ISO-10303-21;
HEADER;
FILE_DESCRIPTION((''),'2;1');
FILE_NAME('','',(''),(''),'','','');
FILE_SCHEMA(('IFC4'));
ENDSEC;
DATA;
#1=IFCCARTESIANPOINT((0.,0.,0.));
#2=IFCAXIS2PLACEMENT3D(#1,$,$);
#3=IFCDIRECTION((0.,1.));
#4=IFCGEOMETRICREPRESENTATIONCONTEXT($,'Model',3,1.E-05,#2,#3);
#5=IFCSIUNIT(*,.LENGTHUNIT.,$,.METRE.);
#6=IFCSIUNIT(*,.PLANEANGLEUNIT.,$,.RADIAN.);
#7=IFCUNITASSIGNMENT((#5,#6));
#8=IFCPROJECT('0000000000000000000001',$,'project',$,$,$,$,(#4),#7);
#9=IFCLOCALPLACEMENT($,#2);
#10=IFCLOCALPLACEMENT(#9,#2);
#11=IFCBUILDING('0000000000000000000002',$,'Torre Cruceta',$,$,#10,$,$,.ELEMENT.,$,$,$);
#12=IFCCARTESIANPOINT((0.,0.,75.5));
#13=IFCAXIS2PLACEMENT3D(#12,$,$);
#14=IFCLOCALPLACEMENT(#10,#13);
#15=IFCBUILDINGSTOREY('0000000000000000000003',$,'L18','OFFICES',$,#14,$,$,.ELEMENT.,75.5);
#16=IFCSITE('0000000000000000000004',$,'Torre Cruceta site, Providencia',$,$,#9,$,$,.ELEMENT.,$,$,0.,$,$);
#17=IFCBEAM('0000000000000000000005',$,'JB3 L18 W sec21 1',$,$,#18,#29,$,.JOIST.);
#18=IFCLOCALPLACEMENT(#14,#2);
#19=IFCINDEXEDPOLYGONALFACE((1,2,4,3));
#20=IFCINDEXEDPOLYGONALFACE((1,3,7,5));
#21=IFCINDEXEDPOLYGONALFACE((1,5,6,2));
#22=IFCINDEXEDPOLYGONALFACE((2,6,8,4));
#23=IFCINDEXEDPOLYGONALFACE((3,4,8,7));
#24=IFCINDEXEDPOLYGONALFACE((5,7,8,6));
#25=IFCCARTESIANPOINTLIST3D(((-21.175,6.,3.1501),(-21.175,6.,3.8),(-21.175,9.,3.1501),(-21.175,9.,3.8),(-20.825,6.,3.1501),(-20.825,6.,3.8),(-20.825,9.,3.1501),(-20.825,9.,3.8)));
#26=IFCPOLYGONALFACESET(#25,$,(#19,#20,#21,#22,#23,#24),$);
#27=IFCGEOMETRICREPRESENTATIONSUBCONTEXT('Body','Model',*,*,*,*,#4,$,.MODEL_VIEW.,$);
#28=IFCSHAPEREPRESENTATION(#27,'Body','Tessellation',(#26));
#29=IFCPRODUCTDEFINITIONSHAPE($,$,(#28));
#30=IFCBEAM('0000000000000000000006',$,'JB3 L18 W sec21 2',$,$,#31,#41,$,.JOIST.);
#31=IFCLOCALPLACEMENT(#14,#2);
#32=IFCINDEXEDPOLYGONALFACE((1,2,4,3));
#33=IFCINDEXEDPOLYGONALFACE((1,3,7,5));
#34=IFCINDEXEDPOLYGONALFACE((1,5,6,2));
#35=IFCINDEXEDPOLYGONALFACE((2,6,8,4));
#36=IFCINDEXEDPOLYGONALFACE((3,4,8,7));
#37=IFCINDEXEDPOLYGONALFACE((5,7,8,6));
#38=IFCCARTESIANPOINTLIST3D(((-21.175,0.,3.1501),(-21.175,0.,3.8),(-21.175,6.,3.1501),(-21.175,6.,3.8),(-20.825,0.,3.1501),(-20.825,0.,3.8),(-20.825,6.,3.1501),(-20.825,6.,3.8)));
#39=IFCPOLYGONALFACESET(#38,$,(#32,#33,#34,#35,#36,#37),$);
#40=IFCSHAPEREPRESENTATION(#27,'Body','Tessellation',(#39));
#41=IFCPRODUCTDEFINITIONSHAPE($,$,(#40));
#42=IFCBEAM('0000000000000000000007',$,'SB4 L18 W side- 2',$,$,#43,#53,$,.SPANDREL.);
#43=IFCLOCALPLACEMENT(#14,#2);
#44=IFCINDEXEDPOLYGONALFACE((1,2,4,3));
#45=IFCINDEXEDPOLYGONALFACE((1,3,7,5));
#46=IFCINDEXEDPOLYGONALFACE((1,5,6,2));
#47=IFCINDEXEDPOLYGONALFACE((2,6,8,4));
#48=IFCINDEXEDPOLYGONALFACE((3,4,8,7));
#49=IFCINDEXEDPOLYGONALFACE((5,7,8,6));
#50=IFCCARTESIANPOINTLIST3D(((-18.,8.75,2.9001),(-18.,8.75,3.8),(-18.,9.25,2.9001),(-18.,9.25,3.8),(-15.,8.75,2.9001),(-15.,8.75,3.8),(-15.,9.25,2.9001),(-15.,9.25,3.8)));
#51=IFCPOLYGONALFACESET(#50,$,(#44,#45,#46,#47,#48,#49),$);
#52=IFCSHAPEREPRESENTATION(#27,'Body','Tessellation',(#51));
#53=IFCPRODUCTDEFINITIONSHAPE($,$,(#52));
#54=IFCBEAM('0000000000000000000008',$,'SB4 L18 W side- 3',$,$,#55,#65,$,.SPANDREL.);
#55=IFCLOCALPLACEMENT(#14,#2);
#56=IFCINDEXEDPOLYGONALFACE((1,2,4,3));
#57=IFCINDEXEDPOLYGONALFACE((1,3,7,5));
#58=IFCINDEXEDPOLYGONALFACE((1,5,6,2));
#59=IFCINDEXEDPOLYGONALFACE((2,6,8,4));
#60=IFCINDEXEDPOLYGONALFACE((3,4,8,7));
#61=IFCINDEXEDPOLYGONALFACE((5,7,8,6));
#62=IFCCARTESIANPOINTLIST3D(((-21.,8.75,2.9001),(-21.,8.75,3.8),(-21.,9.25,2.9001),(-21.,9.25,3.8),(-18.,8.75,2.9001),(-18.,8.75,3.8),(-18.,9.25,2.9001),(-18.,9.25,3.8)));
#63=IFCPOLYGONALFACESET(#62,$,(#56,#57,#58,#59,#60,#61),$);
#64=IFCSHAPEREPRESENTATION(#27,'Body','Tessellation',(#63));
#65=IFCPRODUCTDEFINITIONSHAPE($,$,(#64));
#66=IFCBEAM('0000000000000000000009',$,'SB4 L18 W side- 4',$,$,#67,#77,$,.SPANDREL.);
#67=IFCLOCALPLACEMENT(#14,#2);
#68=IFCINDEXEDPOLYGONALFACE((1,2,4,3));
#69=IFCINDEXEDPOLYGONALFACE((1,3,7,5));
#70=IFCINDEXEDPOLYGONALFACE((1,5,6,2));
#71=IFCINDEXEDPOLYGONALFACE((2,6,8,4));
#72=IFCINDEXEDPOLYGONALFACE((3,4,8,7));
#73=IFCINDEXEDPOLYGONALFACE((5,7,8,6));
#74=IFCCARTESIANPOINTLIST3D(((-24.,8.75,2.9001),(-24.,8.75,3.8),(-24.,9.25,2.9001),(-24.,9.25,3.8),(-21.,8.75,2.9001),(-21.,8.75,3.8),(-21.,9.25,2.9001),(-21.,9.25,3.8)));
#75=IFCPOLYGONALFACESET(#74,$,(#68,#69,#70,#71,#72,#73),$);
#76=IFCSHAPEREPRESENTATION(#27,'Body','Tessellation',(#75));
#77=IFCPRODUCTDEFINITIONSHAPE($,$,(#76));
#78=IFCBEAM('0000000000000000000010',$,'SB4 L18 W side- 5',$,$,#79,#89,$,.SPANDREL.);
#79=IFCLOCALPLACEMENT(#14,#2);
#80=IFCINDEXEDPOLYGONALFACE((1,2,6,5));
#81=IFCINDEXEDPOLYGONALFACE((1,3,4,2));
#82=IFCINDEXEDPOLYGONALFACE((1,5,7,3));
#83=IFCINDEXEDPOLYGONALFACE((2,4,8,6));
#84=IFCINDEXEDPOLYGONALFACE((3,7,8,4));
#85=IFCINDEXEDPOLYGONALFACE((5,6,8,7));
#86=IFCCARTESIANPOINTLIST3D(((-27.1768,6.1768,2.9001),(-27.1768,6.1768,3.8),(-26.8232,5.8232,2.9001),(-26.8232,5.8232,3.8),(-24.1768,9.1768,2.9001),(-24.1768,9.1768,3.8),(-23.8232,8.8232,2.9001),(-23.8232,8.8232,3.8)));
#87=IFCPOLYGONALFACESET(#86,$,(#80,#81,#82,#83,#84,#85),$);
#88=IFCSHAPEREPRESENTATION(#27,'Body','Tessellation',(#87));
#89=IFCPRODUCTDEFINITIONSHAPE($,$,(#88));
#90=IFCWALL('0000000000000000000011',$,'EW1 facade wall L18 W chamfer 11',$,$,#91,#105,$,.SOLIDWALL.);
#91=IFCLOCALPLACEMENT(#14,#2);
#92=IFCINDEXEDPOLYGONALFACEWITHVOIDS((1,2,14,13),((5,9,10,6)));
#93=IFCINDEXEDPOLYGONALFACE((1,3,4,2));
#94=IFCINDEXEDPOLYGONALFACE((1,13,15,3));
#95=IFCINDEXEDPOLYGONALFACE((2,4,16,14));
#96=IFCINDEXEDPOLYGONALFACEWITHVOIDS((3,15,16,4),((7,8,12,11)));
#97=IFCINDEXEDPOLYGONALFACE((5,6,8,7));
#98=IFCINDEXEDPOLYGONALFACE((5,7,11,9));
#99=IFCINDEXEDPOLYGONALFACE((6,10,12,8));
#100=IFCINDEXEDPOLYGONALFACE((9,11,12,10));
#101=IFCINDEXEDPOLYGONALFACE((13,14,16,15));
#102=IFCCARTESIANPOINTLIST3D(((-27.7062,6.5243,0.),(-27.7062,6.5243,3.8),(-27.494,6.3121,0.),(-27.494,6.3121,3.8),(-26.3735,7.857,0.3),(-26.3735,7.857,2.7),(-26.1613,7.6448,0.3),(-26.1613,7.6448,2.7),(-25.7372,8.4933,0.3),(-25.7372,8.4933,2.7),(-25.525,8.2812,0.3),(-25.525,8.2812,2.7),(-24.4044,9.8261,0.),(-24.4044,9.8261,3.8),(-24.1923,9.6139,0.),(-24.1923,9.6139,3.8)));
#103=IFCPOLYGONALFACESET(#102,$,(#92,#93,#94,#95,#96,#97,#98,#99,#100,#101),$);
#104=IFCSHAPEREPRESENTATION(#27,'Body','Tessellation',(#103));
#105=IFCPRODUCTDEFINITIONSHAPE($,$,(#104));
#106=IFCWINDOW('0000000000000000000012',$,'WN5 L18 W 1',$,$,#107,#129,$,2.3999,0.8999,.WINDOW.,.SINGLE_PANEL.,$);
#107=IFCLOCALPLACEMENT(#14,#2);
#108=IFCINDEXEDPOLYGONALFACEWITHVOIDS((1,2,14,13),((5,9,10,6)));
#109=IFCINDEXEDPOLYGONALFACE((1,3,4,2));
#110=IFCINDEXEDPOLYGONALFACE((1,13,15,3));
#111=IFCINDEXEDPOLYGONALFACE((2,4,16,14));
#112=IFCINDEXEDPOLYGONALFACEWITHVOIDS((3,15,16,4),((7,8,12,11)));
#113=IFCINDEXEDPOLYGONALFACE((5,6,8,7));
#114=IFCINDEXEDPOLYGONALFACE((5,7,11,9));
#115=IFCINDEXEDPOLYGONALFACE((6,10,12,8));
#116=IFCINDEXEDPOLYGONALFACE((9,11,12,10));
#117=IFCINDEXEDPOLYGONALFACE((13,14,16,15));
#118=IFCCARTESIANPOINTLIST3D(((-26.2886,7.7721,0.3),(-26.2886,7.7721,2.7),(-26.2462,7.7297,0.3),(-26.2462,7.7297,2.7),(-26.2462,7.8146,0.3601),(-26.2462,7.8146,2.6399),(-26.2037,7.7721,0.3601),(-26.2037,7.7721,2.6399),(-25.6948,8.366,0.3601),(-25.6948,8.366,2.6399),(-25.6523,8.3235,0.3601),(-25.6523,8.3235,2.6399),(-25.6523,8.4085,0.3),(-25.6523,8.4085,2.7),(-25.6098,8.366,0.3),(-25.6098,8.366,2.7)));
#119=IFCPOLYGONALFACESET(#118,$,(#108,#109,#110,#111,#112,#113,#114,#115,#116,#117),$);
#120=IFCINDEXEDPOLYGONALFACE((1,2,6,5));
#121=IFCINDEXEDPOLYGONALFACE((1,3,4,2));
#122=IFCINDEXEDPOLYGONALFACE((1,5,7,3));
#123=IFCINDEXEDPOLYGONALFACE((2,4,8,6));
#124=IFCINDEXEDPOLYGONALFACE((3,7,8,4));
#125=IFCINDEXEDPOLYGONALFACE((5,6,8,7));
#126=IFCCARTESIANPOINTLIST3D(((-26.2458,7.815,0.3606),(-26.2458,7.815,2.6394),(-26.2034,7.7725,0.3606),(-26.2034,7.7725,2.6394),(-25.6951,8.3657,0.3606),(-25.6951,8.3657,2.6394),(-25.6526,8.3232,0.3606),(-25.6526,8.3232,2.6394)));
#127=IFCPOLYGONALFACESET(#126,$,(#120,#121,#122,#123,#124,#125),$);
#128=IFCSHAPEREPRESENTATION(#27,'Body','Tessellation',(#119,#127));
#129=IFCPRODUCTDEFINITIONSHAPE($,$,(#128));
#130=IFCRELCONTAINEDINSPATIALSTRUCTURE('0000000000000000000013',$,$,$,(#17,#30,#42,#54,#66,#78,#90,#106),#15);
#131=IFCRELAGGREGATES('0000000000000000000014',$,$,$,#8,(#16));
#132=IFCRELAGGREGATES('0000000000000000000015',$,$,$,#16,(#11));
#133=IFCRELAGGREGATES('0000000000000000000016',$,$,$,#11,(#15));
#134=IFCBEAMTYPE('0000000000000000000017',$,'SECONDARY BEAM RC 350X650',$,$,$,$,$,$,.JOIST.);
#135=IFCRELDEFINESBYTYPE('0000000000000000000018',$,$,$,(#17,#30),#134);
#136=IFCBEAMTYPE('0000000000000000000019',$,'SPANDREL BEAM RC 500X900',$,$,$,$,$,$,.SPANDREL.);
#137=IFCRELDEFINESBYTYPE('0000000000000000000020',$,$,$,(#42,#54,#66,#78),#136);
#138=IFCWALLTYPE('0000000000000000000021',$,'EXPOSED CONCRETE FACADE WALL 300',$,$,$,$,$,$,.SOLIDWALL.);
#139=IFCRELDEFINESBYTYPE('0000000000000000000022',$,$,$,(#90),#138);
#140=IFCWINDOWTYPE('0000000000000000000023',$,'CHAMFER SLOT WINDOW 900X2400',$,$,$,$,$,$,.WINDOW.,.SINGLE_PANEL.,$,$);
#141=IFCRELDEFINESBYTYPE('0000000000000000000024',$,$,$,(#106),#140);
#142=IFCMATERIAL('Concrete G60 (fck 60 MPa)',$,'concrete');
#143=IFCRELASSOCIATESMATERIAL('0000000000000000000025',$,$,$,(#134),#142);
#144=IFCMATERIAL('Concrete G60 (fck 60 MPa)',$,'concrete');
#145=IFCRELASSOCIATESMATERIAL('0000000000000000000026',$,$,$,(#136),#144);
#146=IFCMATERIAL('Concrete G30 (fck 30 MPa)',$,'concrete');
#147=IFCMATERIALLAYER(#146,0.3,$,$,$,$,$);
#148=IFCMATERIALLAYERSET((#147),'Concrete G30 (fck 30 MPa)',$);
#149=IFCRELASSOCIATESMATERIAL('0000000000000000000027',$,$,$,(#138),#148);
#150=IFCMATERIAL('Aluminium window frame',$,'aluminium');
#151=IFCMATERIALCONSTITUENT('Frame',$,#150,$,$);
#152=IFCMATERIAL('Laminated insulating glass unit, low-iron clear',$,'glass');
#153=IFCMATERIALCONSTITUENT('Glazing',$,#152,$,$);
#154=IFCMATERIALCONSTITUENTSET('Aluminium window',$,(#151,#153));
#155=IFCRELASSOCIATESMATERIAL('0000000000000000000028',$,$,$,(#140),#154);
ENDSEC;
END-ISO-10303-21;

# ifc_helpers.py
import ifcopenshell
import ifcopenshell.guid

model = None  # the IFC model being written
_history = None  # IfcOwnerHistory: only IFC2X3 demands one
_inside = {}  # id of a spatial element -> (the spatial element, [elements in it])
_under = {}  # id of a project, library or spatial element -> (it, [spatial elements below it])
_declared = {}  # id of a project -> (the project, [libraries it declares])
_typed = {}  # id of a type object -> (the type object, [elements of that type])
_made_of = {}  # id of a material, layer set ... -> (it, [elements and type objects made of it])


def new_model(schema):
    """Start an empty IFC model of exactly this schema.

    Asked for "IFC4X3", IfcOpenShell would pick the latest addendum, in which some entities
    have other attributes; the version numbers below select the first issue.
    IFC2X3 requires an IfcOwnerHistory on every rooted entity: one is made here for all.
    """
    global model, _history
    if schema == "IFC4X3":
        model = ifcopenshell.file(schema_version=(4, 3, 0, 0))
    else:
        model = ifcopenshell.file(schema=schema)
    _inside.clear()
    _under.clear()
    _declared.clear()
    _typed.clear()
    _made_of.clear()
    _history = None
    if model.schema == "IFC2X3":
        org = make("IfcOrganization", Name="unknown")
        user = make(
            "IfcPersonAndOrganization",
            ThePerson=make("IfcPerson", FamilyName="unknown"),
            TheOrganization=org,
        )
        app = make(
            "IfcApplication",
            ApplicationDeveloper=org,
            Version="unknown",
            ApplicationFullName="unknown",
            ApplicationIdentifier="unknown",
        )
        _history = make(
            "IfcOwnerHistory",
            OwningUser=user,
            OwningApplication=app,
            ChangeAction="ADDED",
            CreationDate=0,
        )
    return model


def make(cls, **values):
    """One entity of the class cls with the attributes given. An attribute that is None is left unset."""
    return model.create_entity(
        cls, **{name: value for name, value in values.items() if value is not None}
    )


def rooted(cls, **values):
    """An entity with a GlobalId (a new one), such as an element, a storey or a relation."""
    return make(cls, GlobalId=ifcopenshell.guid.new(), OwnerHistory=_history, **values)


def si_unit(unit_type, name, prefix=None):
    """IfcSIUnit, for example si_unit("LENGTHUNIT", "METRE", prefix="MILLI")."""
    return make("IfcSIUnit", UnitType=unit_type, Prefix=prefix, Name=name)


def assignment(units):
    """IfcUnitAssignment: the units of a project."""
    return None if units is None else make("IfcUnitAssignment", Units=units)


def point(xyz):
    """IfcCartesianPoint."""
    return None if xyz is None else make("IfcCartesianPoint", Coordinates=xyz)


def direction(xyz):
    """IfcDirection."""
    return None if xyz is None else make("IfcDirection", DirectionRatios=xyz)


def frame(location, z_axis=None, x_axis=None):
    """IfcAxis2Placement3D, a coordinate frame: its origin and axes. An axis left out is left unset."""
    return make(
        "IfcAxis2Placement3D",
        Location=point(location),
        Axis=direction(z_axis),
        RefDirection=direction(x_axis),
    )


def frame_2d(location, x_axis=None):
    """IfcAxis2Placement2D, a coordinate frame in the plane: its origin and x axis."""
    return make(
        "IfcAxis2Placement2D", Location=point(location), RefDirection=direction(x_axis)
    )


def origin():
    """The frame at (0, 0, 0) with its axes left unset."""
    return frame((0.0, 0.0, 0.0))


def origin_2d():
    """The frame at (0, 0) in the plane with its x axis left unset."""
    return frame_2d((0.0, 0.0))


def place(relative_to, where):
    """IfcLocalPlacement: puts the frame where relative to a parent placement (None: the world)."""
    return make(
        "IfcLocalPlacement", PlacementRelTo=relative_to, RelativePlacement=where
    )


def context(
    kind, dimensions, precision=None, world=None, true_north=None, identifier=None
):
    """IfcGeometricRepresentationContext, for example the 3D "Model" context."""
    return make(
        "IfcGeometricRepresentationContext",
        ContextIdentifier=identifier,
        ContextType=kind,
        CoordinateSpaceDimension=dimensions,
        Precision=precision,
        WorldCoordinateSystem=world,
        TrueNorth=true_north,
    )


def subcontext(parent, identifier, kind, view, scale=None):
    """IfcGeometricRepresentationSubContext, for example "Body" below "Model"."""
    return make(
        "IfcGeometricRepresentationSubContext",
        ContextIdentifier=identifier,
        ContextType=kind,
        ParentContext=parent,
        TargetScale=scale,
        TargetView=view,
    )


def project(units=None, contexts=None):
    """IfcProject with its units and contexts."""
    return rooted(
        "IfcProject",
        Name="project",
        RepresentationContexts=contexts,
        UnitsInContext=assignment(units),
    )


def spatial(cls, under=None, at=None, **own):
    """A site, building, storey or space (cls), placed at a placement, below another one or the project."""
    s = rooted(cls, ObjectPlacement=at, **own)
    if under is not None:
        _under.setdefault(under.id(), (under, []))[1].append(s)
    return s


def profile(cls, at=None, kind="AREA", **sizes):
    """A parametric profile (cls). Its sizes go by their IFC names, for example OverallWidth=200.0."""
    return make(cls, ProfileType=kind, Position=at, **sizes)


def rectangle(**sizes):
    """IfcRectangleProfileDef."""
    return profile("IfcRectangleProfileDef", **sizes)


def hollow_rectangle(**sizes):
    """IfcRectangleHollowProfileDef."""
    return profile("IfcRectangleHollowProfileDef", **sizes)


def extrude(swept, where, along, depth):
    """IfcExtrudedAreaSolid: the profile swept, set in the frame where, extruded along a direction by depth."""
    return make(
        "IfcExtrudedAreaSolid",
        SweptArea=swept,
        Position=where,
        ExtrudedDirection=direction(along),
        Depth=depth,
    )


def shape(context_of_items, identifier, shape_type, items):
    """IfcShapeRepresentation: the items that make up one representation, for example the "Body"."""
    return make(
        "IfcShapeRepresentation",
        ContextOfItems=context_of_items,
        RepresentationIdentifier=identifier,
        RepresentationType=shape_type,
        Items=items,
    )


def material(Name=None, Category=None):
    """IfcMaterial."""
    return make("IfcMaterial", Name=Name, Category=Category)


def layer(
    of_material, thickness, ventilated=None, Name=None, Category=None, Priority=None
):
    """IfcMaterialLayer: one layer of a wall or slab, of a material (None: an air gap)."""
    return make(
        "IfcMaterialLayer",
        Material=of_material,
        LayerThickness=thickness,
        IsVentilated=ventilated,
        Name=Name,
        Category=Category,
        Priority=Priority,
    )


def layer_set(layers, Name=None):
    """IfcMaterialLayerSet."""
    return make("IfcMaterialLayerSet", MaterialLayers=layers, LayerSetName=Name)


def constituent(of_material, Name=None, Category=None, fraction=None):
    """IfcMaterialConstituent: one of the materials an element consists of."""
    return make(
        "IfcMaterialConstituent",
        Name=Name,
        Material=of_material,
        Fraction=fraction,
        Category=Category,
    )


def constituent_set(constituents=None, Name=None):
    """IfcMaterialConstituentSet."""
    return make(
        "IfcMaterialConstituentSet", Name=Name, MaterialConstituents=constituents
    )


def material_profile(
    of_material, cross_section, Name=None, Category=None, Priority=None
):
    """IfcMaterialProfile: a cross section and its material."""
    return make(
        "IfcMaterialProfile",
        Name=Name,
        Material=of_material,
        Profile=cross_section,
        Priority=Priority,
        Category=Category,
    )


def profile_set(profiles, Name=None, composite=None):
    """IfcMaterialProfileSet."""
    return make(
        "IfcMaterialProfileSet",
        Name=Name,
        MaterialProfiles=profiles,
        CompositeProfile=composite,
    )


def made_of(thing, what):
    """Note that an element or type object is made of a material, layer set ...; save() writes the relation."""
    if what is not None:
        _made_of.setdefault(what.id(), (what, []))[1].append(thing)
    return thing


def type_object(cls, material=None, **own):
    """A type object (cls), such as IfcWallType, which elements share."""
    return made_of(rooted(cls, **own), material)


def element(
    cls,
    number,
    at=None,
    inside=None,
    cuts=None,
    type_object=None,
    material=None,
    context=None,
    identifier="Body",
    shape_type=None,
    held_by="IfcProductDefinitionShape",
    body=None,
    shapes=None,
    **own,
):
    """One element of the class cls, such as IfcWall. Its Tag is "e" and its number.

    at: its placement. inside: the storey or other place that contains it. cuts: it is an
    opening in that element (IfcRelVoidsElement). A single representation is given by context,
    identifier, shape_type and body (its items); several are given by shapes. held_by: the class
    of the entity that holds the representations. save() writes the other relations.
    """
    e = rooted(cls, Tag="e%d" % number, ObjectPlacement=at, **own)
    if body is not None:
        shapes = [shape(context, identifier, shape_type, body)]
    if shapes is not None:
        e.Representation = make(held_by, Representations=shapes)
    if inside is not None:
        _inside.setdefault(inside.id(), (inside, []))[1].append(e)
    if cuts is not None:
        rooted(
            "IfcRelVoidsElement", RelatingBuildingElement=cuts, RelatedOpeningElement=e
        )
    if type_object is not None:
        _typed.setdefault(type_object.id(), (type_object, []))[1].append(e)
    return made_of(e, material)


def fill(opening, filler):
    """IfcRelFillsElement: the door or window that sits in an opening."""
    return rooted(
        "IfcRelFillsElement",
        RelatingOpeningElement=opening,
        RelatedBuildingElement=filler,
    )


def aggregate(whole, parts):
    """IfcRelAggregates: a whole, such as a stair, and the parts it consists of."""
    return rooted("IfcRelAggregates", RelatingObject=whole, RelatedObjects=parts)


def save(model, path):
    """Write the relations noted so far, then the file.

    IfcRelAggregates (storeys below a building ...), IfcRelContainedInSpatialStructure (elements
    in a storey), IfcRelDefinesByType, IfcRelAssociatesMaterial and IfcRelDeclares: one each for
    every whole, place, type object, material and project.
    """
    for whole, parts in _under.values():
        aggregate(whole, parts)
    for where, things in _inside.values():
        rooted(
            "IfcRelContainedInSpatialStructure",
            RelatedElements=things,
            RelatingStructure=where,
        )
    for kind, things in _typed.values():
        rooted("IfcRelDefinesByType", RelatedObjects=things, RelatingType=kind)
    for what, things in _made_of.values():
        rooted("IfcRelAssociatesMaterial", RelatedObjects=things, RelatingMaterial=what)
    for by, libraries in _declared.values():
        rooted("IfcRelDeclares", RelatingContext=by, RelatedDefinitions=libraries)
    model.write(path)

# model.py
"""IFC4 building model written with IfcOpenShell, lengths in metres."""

from ifc_helpers import new_model, si_unit, direction, frame, frame_2d, origin, origin_2d, place, context, subcontext, project, spatial, rectangle, hollow_rectangle, extrude, material, layer, layer_set, constituent, constituent_set, material_profile, profile_set, type_object, element, fill, save


model = new_model("IFC4")

# Units and contexts
model_context = context("Model", 3, precision=1e-05, world=origin(), true_north=direction((0.0, 1.0)))
body_context = subcontext(model_context, "Body", "Model", "MODEL_VIEW")
ifc_project = project(units=[si_unit("LENGTHUNIT", "METRE"), si_unit("PLANEANGLEUNIT", "RADIAN")], contexts=[model_context])

# Site, building, storey
site_placement = place(None, origin())
site = spatial("IfcSite", under=ifc_project, at=site_placement, Name="Torre Cruceta site, Providencia", CompositionType="ELEMENT", RefElevation=0.0)
building_placement = place(site_placement, origin())
building = spatial("IfcBuilding", under=site, at=building_placement, Name="Torre Cruceta", CompositionType="ELEMENT")
storey_placement = place(building_placement, frame((0.0, 0.0, 75.5)))
storey = spatial("IfcBuildingStorey", under=building, at=storey_placement, Name="L18", Description="OFFICES", CompositionType="ELEMENT", Elevation=75.5)

# Beams
ifc_material_1 = material(Name="Concrete G60 (fck 60 MPa)", Category="concrete")
ifc_material_profile_1 = material_profile(ifc_material_1, rectangle(XDim=0.3501, YDim=0.6499, at=origin_2d()), Name="RC 350X650")
ifc_profile_set_1 = profile_set([ifc_material_profile_1], Name="Concrete G60 (fck 60 MPa)")
beam_type_1 = type_object("IfcBeamType", Name="SECONDARY BEAM RC 350X650", PredefinedType="JOIST", material=ifc_profile_set_1)
beam_1_placement = place(storey_placement, frame((-21.0, 9.0, 3.4751), z_axis=(0.0, -1.0, 0.0), x_axis=(1.0, 0.0, 0.0)))
element("IfcBeam", 1, at=beam_1_placement, inside=storey, type_object=beam_type_1, Name="JB3 L18 W sec21 1", PredefinedType="JOIST", context=body_context, shape_type="SweptSolid", body=[
    extrude(rectangle(XDim=0.3501, YDim=0.6499, at=origin_2d()), origin(), (0.0, 0.0, 1.0), 3.0),
])
beam_2_placement = place(storey_placement, frame((-21.0, 6.0, 3.4751), z_axis=(0.0, -1.0, 0.0), x_axis=(1.0, 0.0, 0.0)))
element("IfcBeam", 2, at=beam_2_placement, inside=storey, type_object=beam_type_1, Name="JB3 L18 W sec21 2", PredefinedType="JOIST", context=body_context, shape_type="SweptSolid", body=[
    extrude(rectangle(XDim=0.3501, YDim=0.6499, at=origin_2d()), origin(), (0.0, 0.0, 1.0), 6.0),
])
ifc_material_2 = material(Name="Concrete G60 (fck 60 MPa)", Category="concrete")
ifc_material_profile_2 = material_profile(ifc_material_2, rectangle(XDim=0.5, YDim=0.8999, at=origin_2d()), Name="RC 500X900")
ifc_profile_set_2 = profile_set([ifc_material_profile_2], Name="Concrete G60 (fck 60 MPa)")
beam_type_2 = type_object("IfcBeamType", Name="SPANDREL BEAM RC 500X900", PredefinedType="SPANDREL", material=ifc_profile_set_2)
for number, where, z_axis, x_axis, name in (
    (3, (-15.0, 9.0, 3.3501), (-1.0, 0.0, 0.0), (0.0, -1.0, 0.0), "SB4 L18 W side- 2"),
    (4, (-18.0, 9.0, 3.3501), (-1.0, 0.0, 0.0), (0.0, -1.0, 0.0), "SB4 L18 W side- 3"),
    (5, (-21.0, 9.0, 3.3501), (-1.0, 0.0, 0.0), (0.0, -1.0, 0.0), "SB4 L18 W side- 4"),
):
    element("IfcBeam", number, at=place(storey_placement, frame(where, z_axis=z_axis, x_axis=x_axis)), inside=storey, type_object=beam_type_2, Name=name, PredefinedType="SPANDREL", context=body_context, shape_type="SweptSolid", body=[
        extrude(rectangle(XDim=0.5, YDim=0.8999, at=origin_2d()), origin(), (0.0, 0.0, 1.0), 3.0),
    ])
beam_3_placement = place(storey_placement, frame((-24.0, 9.0, 3.3501), z_axis=(-0.707107, -0.707107, 0.0), x_axis=(0.707107, -0.707107, 0.0)))
element("IfcBeam", 6, at=beam_3_placement, inside=storey, type_object=beam_type_2, Name="SB4 L18 W side- 5", PredefinedType="SPANDREL", context=body_context, shape_type="SweptSolid", body=[
    extrude(rectangle(XDim=0.5, YDim=0.8999, at=origin_2d()), origin(), (0.0, 0.0, 1.0), 4.2427),
])

# Wall, opening, window
ifc_material_3 = material(Name="Concrete G30 (fck 30 MPa)", Category="concrete")
ifc_layer_1 = layer(ifc_material_3, 0.3)
ifc_layer_set_1 = layer_set([ifc_layer_1], Name="Concrete G30 (fck 30 MPa)")
wall_type_1 = type_object("IfcWallType", Name="EXPOSED CONCRETE FACADE WALL 300", PredefinedType="SOLIDWALL", material=ifc_layer_set_1)
wall_1_placement = place(storey_placement, frame((-24.2983, 9.72, 0.0), z_axis=(0.0, 0.0, 1.0), x_axis=(-0.707107, -0.707107, 0.0)))
wall_1 = element("IfcWall", 7, at=wall_1_placement, inside=storey, type_object=wall_type_1, Name="EW1 facade wall L18 W chamfer 11", PredefinedType="SOLIDWALL", context=body_context, shape_type="SweptSolid", body=[
    extrude(rectangle(XDim=4.6694, YDim=0.3, at=frame_2d((2.3347, 0.0))), origin(), (0.0, 0.0, 1.0), 3.8),
])
opening_1_placement = place(wall_1_placement, frame((1.8848, 0.0, 0.3)))
opening_1 = element("IfcOpeningElement", 8, at=opening_1_placement, cuts=wall_1, PredefinedType="OPENING", context=body_context, shape_type="SweptSolid", body=[
    extrude(rectangle(XDim=0.8999, YDim=2.3999, at=frame_2d((0.45, 1.2))), frame((0.0, 0.1599, 0.0), z_axis=(0.0, -1.0, 0.0), x_axis=(1.0, 0.0, 0.0)), (0.0, 0.0, 1.0), 0.3201),
])
ifc_material_4 = material(Name="Aluminium window frame", Category="aluminium")
ifc_constituent_1 = constituent(ifc_material_4, Name="Frame")
ifc_material_5 = material(Name="Laminated insulating glass unit, low-iron clear", Category="glass")
ifc_constituent_2 = constituent(ifc_material_5, Name="Glazing")
ifc_constituent_set_1 = constituent_set(constituents=[ifc_constituent_1, ifc_constituent_2], Name="Aluminium window")
window_type_1 = type_object("IfcWindowType", Name="CHAMFER SLOT WINDOW 900X2400", PartitioningType="SINGLE_PANEL", PredefinedType="WINDOW", material=ifc_constituent_set_1)
window_1_placement = place(opening_1_placement, origin())
window_1 = element("IfcWindow", 9, at=window_1_placement, inside=storey, type_object=window_type_1, Name="WN5 L18 W 1", OverallHeight=2.3999, OverallWidth=0.8999, PartitioningType="SINGLE_PANEL", PredefinedType="WINDOW", context=body_context, shape_type="SweptSolid", body=[
    extrude(hollow_rectangle(XDim=0.8999, YDim=2.3999, WallThickness=0.0601, at=frame_2d((0.45, 1.2))), frame((0.0, 0.03, 0.0), z_axis=(0.0, -1.0, 0.0), x_axis=(1.0, 0.0, 0.0)), (0.0, 0.0, 1.0), 0.0601),
    extrude(rectangle(XDim=0.7788, YDim=2.2788, at=frame_2d((0.45, 1.2))), frame((0.0, 0.03, 0.0), z_axis=(0.0, -1.0, 0.0), x_axis=(1.0, 0.0, 0.0)), (0.0, 0.0, 1.0), 0.0601),
])
fill(opening_1, window_1)

save(model, "model.ifc")
